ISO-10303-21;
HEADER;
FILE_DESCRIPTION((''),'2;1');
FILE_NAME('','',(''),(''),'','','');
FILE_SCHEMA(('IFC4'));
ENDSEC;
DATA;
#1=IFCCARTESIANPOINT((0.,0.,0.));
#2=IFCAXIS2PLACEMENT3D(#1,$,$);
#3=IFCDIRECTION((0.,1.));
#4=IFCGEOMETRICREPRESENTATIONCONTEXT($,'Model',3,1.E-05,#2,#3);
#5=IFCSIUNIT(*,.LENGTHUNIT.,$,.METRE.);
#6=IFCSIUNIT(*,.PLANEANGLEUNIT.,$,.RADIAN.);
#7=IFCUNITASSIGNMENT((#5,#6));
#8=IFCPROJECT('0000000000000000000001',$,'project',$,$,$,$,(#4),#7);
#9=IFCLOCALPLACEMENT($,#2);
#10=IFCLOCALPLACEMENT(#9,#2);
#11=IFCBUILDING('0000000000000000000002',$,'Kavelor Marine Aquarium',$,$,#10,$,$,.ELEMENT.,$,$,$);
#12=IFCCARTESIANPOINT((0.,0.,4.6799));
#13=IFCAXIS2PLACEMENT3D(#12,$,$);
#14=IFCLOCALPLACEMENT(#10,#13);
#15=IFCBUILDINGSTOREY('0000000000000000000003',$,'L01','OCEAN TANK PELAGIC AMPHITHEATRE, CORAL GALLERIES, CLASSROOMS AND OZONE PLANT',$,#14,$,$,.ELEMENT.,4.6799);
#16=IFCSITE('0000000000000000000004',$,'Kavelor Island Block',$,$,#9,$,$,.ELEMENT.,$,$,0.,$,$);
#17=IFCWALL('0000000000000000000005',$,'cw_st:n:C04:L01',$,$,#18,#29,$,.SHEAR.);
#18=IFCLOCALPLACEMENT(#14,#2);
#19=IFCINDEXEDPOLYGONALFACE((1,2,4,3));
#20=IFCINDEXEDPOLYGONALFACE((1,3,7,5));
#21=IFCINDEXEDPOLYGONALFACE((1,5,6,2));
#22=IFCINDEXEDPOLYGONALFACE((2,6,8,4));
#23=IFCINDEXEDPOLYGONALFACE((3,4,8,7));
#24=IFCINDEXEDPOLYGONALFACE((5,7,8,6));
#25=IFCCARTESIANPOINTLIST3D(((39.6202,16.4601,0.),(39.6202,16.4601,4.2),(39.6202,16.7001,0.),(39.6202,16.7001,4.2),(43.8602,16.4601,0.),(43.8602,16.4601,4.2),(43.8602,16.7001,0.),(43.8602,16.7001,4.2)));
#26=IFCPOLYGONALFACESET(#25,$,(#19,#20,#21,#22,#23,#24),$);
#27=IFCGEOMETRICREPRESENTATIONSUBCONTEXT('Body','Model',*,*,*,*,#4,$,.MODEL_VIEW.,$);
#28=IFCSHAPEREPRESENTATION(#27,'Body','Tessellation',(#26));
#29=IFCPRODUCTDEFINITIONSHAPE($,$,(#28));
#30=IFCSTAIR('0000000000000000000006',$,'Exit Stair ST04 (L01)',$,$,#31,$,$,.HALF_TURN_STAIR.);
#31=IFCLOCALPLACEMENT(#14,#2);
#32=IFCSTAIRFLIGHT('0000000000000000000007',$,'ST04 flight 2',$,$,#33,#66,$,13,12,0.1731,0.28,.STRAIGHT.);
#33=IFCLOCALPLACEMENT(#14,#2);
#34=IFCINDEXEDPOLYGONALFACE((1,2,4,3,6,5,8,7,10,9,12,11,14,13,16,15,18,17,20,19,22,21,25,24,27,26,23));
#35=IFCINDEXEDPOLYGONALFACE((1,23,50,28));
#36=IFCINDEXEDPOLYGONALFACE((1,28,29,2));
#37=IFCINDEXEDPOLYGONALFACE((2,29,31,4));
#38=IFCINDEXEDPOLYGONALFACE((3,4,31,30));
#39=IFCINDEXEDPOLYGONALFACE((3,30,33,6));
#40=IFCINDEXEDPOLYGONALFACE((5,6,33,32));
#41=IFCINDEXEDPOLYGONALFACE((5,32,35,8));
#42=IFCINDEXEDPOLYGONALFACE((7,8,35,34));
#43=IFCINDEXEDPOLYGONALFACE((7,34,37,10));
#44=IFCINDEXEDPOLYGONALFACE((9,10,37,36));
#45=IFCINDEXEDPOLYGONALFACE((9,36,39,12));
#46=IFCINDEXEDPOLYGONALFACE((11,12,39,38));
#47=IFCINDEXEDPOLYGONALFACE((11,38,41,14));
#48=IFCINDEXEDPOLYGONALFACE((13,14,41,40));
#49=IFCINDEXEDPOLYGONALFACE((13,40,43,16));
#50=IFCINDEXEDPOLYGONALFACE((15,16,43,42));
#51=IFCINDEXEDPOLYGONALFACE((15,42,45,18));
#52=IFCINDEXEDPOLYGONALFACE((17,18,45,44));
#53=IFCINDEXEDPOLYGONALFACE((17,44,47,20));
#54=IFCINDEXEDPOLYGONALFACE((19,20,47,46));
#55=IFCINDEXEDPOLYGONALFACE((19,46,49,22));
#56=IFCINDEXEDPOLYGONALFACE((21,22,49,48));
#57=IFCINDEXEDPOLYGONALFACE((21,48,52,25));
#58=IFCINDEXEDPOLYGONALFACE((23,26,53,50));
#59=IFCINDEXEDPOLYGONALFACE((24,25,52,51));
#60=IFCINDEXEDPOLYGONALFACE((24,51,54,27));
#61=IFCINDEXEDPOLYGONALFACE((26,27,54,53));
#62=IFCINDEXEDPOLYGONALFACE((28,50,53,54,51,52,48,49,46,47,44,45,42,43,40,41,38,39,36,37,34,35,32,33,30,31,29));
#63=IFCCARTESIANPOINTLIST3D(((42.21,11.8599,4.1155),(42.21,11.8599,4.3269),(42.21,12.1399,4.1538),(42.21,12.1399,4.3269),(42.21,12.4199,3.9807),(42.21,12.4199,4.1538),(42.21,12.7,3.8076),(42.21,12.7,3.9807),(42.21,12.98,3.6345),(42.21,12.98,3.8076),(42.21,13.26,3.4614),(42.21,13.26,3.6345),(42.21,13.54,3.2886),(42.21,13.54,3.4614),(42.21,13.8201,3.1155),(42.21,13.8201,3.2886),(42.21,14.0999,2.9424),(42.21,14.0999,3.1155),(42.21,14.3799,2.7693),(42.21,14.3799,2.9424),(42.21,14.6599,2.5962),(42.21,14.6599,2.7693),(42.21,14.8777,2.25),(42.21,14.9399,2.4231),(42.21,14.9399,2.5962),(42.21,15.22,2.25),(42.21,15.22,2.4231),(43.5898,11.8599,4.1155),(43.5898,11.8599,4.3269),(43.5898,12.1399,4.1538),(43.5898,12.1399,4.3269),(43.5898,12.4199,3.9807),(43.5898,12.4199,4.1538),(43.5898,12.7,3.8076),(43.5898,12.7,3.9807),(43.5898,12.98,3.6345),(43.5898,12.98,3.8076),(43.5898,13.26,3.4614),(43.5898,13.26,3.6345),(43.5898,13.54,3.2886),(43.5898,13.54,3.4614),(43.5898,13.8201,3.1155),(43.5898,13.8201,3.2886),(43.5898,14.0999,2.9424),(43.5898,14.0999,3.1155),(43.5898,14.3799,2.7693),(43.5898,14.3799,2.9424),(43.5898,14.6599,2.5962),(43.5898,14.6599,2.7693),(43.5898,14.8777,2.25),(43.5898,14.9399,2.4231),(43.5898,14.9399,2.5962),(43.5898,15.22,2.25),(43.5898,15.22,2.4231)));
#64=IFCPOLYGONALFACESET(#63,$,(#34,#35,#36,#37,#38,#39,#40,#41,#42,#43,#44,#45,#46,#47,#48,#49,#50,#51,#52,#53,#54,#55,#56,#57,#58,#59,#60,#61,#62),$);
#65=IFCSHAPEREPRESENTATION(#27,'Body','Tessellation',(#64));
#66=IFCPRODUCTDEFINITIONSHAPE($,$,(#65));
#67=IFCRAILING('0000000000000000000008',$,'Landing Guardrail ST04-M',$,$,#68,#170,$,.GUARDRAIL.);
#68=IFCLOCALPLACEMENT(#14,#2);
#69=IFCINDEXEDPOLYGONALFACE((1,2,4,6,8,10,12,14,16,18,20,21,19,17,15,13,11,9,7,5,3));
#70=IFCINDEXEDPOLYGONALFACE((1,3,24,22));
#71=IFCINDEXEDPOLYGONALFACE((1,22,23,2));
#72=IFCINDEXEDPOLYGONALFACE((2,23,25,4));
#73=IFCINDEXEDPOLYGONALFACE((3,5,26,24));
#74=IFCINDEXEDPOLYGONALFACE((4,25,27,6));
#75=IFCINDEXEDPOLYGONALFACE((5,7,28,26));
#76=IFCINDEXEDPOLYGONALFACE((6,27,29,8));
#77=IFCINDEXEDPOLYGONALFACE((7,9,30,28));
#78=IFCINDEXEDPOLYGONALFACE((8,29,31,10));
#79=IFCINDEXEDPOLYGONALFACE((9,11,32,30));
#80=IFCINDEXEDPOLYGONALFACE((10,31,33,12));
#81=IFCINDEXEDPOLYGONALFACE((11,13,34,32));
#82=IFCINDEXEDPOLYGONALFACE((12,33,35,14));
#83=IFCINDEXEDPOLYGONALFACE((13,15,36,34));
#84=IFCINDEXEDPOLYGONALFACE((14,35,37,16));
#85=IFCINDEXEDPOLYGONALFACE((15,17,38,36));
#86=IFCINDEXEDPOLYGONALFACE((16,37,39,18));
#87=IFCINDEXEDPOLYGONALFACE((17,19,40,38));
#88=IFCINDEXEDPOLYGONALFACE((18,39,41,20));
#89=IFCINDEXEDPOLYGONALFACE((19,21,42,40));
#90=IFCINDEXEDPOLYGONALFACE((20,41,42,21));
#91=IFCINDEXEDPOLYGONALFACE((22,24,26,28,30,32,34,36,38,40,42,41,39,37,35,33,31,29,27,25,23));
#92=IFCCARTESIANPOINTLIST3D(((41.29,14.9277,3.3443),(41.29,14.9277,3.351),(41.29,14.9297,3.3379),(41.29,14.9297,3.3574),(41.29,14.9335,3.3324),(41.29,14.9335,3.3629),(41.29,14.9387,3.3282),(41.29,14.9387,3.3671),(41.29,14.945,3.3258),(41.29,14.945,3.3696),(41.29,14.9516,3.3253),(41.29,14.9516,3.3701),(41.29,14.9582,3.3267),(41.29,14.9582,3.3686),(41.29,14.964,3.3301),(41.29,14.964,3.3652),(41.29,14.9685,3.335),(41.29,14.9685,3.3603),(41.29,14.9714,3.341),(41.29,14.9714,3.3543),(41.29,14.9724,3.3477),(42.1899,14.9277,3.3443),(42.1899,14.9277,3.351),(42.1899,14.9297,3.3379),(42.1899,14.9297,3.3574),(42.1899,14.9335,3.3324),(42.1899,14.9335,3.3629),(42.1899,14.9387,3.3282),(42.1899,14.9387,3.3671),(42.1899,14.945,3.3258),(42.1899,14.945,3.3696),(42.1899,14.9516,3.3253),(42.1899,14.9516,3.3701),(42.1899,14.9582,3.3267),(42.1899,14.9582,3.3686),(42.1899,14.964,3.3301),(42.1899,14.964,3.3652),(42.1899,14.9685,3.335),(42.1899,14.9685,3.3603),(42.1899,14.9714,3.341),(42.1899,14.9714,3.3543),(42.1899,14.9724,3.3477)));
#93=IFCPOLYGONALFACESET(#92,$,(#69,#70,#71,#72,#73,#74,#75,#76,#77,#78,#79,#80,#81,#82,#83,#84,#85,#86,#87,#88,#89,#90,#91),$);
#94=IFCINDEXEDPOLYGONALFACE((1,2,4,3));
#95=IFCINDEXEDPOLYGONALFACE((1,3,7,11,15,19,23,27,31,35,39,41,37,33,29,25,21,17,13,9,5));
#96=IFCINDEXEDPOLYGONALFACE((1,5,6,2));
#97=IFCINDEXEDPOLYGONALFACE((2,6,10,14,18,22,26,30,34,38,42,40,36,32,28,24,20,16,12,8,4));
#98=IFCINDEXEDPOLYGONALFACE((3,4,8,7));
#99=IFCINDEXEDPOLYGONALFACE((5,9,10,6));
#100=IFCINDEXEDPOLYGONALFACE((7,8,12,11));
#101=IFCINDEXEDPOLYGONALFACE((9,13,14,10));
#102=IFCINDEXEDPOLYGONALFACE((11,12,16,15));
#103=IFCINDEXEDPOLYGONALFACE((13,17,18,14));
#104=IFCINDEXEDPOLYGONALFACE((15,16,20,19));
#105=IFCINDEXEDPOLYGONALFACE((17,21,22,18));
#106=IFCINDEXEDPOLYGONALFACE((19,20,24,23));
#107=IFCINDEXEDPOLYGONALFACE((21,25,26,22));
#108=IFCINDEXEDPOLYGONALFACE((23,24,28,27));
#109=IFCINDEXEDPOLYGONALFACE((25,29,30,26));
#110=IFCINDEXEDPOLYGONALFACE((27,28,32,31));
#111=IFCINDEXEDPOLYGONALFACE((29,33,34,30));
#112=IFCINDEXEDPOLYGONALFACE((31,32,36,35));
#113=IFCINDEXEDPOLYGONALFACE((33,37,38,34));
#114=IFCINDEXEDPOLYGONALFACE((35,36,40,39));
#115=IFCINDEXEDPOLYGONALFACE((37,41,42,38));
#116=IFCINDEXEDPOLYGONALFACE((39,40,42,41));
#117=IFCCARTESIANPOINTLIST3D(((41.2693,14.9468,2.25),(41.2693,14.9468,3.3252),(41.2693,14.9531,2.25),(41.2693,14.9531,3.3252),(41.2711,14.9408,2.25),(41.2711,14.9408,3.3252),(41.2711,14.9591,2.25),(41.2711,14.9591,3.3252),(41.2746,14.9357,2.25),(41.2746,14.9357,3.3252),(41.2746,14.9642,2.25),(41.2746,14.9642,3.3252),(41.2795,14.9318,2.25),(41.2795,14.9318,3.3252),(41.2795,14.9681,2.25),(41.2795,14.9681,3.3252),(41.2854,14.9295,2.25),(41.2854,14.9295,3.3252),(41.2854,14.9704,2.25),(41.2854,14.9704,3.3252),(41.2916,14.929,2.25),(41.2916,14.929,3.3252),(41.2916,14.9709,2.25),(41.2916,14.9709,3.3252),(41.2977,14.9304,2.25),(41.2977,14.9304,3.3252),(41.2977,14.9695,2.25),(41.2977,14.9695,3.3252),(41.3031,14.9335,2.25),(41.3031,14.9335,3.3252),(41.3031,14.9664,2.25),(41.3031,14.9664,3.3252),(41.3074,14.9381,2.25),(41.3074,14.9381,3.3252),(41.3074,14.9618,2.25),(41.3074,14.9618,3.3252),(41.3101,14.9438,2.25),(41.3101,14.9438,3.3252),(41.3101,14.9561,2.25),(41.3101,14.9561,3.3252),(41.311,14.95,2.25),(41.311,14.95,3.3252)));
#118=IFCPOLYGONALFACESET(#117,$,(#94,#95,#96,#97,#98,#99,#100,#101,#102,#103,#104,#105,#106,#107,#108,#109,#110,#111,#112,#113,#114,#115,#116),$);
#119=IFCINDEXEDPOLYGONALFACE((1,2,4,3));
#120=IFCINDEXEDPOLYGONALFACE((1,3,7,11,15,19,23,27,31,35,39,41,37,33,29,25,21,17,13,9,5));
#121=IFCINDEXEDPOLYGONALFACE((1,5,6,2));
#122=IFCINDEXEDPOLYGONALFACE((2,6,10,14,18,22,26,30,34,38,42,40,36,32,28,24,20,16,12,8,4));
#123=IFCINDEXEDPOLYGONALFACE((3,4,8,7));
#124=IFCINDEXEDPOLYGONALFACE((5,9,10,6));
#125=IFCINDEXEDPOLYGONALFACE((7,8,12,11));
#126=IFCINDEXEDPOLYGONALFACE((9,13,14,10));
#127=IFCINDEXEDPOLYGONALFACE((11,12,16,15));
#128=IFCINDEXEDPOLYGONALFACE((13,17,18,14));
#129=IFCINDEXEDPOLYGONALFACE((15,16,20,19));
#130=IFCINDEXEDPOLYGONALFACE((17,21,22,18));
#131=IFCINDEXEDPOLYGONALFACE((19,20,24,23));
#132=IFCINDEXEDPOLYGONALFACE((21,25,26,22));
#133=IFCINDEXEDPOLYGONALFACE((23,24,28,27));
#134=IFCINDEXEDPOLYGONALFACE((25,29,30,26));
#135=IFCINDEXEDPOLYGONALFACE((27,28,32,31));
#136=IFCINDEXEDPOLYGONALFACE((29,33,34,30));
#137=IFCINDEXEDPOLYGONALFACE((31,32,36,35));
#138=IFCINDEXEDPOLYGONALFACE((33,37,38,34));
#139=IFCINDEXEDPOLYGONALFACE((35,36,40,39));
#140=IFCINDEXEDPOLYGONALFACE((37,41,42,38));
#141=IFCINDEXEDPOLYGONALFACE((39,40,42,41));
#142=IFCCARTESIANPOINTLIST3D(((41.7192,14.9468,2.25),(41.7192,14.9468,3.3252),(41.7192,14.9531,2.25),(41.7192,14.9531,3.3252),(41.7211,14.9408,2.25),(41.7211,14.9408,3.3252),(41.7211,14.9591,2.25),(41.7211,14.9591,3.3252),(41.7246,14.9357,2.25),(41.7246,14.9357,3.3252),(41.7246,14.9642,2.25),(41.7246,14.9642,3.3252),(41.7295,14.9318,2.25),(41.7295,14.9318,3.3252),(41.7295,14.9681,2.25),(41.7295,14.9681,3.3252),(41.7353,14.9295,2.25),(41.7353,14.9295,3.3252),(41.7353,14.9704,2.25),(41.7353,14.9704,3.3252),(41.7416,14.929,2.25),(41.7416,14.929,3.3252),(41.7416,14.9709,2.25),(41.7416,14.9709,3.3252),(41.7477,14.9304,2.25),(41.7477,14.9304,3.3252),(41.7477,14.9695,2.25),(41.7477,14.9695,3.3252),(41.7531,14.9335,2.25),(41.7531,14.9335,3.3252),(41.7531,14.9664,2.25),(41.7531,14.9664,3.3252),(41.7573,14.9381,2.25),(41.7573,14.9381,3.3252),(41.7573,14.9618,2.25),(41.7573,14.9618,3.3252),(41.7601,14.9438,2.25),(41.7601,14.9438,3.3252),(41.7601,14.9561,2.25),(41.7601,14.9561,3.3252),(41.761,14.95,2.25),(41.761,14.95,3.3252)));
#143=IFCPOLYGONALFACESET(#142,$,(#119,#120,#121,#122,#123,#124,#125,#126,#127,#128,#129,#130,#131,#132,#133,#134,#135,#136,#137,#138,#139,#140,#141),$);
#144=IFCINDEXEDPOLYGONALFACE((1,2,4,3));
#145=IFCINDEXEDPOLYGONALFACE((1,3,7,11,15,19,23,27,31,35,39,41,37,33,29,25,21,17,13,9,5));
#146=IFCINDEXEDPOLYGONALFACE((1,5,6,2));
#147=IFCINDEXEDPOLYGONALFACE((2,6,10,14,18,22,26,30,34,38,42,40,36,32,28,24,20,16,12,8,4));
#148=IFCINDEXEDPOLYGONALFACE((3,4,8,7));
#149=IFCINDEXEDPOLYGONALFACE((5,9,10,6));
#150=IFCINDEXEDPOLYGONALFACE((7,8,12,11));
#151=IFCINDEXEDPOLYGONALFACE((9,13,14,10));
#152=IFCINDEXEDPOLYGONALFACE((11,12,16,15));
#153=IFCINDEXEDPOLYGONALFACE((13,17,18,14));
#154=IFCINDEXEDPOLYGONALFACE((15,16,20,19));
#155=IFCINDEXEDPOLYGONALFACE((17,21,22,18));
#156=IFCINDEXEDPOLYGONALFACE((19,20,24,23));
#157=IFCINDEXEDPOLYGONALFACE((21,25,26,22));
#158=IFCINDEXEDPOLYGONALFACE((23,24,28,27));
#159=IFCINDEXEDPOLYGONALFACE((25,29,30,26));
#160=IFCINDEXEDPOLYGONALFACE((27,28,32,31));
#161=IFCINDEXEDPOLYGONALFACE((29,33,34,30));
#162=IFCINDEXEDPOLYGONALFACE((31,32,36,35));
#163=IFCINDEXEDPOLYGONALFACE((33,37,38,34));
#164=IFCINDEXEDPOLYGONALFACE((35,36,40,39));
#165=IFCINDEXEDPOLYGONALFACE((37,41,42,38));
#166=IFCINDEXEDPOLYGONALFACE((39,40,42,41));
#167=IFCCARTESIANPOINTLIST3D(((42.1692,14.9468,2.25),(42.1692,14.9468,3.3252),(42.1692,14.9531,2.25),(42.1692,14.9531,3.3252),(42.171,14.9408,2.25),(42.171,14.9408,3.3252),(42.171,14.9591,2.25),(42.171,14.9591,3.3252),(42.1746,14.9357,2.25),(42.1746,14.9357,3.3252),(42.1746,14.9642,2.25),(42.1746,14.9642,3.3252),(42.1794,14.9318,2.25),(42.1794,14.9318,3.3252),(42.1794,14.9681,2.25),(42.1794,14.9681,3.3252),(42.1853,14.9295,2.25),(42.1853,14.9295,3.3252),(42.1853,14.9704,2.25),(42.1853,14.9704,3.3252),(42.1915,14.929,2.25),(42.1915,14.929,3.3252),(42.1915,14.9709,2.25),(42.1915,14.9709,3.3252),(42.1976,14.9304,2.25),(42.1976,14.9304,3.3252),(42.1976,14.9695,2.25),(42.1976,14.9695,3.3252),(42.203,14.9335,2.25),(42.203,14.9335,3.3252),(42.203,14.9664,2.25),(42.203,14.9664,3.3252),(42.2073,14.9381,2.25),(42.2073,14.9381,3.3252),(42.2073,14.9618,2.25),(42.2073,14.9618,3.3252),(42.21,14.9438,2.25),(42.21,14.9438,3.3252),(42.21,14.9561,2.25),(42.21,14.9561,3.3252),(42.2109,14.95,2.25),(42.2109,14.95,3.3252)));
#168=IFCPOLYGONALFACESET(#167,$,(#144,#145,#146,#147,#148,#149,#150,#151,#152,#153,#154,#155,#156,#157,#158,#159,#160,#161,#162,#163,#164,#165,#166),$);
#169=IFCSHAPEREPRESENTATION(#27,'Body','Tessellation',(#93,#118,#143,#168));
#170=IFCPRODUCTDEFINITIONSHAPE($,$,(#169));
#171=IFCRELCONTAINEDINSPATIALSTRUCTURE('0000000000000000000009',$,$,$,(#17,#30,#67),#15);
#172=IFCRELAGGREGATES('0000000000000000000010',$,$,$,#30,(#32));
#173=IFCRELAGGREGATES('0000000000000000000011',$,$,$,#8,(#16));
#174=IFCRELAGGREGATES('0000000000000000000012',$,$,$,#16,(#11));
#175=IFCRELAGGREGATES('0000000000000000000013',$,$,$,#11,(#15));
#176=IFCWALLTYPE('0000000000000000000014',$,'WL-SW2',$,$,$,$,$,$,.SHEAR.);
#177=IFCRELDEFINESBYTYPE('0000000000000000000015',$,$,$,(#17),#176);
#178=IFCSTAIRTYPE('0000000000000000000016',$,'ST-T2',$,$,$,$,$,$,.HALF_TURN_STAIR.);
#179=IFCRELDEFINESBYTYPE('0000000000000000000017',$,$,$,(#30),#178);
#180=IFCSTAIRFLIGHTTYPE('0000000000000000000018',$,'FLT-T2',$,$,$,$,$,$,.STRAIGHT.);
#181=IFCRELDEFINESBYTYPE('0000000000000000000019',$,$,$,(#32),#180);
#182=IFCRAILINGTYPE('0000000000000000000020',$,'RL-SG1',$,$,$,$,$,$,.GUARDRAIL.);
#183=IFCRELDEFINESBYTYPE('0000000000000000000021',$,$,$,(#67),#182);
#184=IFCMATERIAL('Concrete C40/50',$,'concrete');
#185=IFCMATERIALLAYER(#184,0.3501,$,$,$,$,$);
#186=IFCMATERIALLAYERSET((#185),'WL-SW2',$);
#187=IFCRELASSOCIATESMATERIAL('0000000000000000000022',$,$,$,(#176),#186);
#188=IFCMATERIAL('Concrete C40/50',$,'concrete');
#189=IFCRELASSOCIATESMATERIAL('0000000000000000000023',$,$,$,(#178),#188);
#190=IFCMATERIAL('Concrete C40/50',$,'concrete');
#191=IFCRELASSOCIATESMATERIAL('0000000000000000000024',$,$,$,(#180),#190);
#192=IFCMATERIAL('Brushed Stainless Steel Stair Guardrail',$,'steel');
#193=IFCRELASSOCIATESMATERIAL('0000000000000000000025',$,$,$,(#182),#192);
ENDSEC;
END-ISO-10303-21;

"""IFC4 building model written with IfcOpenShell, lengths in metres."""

from ifc_helpers import new_model, si_unit, direction, frame, frame_2d, origin, origin_2d, place, context, subcontext, project, spatial, polyline, rectangle, circle, outline, extrude, material, layer, layer_set, type_object, element, aggregate, save


model = new_model("IFC4")

# Units and contexts
model_context = context("Model", 3, precision=1e-05, world=origin(), true_north=direction((0.0, 1.0)))
body_context = subcontext(model_context, "Body", "Model", "MODEL_VIEW")
ifc_project = project(units=[si_unit("LENGTHUNIT", "METRE"), si_unit("PLANEANGLEUNIT", "RADIAN")], contexts=[model_context])

# Site, building, storey
site_placement = place(None, origin())
site = spatial("IfcSite", under=ifc_project, at=site_placement, Name="Kavelor Island Block", CompositionType="ELEMENT", RefElevation=0.0)
building_placement = place(site_placement, origin())
building = spatial("IfcBuilding", under=site, at=building_placement, Name="Kavelor Marine Aquarium", CompositionType="ELEMENT")
storey_placement = place(building_placement, frame((0.0, 0.0, 4.6799)))
storey = spatial("IfcBuildingStorey", under=building, at=storey_placement, Name="L01", Description="OCEAN TANK PELAGIC AMPHITHEATRE, CORAL GALLERIES, CLASSROOMS AND OZONE PLANT", CompositionType="ELEMENT", Elevation=4.6799)

# Wall
ifc_material_1 = material(Name="Concrete C40/50", Category="concrete")
ifc_layer_1 = layer(ifc_material_1, 0.3501)
ifc_layer_set_1 = layer_set([ifc_layer_1], Name="WL-SW2")
wall_type_1 = type_object("IfcWallType", Name="WL-SW2", PredefinedType="SHEAR", material=ifc_layer_set_1)
wall_1_placement = place(storey_placement, frame((39.6201, 16.5801, 0.0), z_axis=(0.0, 0.0, 1.0), x_axis=(1.0, 0.0, 0.0)))
element("IfcWall", 1, at=wall_1_placement, inside=storey, type_object=wall_type_1, Name="cw_st:n:C04:L01", PredefinedType="SHEAR", context=body_context, shape_type="SweptSolid", body=[
    extrude(rectangle(XDim=4.24, YDim=0.24, at=frame_2d((2.1201, 0.0))), origin(), (0.0, 0.0, 1.0), 4.2),
])

# Stair, stair flight
ifc_material_2 = material(Name="Concrete C40/50", Category="concrete")
stair_type = type_object("IfcStairType", Name="ST-T2", PredefinedType="HALF_TURN_STAIR", material=ifc_material_2)
stair_placement = place(storey_placement, origin())
stair = element("IfcStair", 2, at=stair_placement, inside=storey, type_object=stair_type, Name="Exit Stair ST04 (L01)", PredefinedType="HALF_TURN_STAIR")
ifc_material_3 = material(Name="Concrete C40/50", Category="concrete")
stair_flight_type = type_object("IfcStairFlightType", Name="FLT-T2", PredefinedType="STRAIGHT", material=ifc_material_3)
stair_flight_placement = place(storey_placement, frame((42.8999, 15.22, 2.25), z_axis=(0.0, 0.0, 1.0), x_axis=(0.0, -1.0, 0.0)))
stair_flight = element("IfcStairFlight", 3, at=stair_flight_placement, type_object=stair_flight_type, Name="ST04 flight 2", NumberOfRisers=13, NumberOfTreads=12, PredefinedType="STRAIGHT", RiserHeight=0.1731, TreadLength=0.28, context=body_context, shape_type="SweptSolid", body=[
    extrude(outline(polyline([(0.0, 0.0), (0.0, 0.1731), (0.28, 0.1731), (0.28, 0.3462), (0.5601, 0.3462), (0.5601, 0.5193), (0.8401, 0.5193), (0.8401, 0.6924), (1.1201, 0.6924), (1.1201, 0.8655), (1.3999, 0.8655), (1.3999, 1.0386), (1.6799, 1.0386), (1.6799, 1.2114), (1.96, 1.2114), (1.96, 1.3845), (2.24, 1.3845), (2.24, 1.5576), (2.52, 1.5576), (2.52, 1.7307), (2.8, 1.7307), (2.8, 1.9038), (3.0801, 1.9038), (3.0801, 2.0769), (3.3601, 2.0769), (3.3601, 2.25), (3.3601, 1.8655), (0.3423, 0.0), (0.0, 0.0)])), frame((0.0, 0.6899, 0.0), z_axis=(0.0, -1.0, 0.0), x_axis=(1.0, 0.0, 0.0)), (0.0, 0.0, 1.0), 1.3799),
])
aggregate(stair, [stair_flight])

# Railing
ifc_material_4 = material(Name="Brushed Stainless Steel Stair Guardrail", Category="steel")
railing_type = type_object("IfcRailingType", Name="RL-SG1", PredefinedType="GUARDRAIL", material=ifc_material_4)
railing_placement = place(storey_placement, frame((41.29, 14.95, 2.25)))
element("IfcRailing", 4, at=railing_placement, inside=storey, type_object=railing_type, Name="Landing Guardrail ST04-M", PredefinedType="GUARDRAIL", context=body_context, shape_type="SweptSolid", body=[
    extrude(circle(Radius=0.0225, at=origin_2d()), frame((0.0, 0.0, 1.0977), z_axis=(1.0, 0.0, 0.0), x_axis=(0.0, 1.0, 0.0)), (0.0, 0.0, 1.0), 0.8999),
    extrude(circle(Radius=0.021, at=origin_2d()), origin(), (0.0, 0.0, 1.0), 1.0752),
    extrude(circle(Radius=0.021, at=origin_2d()), frame((0.45, 0.0, 0.0)), (0.0, 0.0, 1.0), 1.0752),
    extrude(circle(Radius=0.021, at=origin_2d()), frame((0.8999, 0.0, 0.0)), (0.0, 0.0, 1.0), 1.0752),
])

save(model, "model.ifc")
